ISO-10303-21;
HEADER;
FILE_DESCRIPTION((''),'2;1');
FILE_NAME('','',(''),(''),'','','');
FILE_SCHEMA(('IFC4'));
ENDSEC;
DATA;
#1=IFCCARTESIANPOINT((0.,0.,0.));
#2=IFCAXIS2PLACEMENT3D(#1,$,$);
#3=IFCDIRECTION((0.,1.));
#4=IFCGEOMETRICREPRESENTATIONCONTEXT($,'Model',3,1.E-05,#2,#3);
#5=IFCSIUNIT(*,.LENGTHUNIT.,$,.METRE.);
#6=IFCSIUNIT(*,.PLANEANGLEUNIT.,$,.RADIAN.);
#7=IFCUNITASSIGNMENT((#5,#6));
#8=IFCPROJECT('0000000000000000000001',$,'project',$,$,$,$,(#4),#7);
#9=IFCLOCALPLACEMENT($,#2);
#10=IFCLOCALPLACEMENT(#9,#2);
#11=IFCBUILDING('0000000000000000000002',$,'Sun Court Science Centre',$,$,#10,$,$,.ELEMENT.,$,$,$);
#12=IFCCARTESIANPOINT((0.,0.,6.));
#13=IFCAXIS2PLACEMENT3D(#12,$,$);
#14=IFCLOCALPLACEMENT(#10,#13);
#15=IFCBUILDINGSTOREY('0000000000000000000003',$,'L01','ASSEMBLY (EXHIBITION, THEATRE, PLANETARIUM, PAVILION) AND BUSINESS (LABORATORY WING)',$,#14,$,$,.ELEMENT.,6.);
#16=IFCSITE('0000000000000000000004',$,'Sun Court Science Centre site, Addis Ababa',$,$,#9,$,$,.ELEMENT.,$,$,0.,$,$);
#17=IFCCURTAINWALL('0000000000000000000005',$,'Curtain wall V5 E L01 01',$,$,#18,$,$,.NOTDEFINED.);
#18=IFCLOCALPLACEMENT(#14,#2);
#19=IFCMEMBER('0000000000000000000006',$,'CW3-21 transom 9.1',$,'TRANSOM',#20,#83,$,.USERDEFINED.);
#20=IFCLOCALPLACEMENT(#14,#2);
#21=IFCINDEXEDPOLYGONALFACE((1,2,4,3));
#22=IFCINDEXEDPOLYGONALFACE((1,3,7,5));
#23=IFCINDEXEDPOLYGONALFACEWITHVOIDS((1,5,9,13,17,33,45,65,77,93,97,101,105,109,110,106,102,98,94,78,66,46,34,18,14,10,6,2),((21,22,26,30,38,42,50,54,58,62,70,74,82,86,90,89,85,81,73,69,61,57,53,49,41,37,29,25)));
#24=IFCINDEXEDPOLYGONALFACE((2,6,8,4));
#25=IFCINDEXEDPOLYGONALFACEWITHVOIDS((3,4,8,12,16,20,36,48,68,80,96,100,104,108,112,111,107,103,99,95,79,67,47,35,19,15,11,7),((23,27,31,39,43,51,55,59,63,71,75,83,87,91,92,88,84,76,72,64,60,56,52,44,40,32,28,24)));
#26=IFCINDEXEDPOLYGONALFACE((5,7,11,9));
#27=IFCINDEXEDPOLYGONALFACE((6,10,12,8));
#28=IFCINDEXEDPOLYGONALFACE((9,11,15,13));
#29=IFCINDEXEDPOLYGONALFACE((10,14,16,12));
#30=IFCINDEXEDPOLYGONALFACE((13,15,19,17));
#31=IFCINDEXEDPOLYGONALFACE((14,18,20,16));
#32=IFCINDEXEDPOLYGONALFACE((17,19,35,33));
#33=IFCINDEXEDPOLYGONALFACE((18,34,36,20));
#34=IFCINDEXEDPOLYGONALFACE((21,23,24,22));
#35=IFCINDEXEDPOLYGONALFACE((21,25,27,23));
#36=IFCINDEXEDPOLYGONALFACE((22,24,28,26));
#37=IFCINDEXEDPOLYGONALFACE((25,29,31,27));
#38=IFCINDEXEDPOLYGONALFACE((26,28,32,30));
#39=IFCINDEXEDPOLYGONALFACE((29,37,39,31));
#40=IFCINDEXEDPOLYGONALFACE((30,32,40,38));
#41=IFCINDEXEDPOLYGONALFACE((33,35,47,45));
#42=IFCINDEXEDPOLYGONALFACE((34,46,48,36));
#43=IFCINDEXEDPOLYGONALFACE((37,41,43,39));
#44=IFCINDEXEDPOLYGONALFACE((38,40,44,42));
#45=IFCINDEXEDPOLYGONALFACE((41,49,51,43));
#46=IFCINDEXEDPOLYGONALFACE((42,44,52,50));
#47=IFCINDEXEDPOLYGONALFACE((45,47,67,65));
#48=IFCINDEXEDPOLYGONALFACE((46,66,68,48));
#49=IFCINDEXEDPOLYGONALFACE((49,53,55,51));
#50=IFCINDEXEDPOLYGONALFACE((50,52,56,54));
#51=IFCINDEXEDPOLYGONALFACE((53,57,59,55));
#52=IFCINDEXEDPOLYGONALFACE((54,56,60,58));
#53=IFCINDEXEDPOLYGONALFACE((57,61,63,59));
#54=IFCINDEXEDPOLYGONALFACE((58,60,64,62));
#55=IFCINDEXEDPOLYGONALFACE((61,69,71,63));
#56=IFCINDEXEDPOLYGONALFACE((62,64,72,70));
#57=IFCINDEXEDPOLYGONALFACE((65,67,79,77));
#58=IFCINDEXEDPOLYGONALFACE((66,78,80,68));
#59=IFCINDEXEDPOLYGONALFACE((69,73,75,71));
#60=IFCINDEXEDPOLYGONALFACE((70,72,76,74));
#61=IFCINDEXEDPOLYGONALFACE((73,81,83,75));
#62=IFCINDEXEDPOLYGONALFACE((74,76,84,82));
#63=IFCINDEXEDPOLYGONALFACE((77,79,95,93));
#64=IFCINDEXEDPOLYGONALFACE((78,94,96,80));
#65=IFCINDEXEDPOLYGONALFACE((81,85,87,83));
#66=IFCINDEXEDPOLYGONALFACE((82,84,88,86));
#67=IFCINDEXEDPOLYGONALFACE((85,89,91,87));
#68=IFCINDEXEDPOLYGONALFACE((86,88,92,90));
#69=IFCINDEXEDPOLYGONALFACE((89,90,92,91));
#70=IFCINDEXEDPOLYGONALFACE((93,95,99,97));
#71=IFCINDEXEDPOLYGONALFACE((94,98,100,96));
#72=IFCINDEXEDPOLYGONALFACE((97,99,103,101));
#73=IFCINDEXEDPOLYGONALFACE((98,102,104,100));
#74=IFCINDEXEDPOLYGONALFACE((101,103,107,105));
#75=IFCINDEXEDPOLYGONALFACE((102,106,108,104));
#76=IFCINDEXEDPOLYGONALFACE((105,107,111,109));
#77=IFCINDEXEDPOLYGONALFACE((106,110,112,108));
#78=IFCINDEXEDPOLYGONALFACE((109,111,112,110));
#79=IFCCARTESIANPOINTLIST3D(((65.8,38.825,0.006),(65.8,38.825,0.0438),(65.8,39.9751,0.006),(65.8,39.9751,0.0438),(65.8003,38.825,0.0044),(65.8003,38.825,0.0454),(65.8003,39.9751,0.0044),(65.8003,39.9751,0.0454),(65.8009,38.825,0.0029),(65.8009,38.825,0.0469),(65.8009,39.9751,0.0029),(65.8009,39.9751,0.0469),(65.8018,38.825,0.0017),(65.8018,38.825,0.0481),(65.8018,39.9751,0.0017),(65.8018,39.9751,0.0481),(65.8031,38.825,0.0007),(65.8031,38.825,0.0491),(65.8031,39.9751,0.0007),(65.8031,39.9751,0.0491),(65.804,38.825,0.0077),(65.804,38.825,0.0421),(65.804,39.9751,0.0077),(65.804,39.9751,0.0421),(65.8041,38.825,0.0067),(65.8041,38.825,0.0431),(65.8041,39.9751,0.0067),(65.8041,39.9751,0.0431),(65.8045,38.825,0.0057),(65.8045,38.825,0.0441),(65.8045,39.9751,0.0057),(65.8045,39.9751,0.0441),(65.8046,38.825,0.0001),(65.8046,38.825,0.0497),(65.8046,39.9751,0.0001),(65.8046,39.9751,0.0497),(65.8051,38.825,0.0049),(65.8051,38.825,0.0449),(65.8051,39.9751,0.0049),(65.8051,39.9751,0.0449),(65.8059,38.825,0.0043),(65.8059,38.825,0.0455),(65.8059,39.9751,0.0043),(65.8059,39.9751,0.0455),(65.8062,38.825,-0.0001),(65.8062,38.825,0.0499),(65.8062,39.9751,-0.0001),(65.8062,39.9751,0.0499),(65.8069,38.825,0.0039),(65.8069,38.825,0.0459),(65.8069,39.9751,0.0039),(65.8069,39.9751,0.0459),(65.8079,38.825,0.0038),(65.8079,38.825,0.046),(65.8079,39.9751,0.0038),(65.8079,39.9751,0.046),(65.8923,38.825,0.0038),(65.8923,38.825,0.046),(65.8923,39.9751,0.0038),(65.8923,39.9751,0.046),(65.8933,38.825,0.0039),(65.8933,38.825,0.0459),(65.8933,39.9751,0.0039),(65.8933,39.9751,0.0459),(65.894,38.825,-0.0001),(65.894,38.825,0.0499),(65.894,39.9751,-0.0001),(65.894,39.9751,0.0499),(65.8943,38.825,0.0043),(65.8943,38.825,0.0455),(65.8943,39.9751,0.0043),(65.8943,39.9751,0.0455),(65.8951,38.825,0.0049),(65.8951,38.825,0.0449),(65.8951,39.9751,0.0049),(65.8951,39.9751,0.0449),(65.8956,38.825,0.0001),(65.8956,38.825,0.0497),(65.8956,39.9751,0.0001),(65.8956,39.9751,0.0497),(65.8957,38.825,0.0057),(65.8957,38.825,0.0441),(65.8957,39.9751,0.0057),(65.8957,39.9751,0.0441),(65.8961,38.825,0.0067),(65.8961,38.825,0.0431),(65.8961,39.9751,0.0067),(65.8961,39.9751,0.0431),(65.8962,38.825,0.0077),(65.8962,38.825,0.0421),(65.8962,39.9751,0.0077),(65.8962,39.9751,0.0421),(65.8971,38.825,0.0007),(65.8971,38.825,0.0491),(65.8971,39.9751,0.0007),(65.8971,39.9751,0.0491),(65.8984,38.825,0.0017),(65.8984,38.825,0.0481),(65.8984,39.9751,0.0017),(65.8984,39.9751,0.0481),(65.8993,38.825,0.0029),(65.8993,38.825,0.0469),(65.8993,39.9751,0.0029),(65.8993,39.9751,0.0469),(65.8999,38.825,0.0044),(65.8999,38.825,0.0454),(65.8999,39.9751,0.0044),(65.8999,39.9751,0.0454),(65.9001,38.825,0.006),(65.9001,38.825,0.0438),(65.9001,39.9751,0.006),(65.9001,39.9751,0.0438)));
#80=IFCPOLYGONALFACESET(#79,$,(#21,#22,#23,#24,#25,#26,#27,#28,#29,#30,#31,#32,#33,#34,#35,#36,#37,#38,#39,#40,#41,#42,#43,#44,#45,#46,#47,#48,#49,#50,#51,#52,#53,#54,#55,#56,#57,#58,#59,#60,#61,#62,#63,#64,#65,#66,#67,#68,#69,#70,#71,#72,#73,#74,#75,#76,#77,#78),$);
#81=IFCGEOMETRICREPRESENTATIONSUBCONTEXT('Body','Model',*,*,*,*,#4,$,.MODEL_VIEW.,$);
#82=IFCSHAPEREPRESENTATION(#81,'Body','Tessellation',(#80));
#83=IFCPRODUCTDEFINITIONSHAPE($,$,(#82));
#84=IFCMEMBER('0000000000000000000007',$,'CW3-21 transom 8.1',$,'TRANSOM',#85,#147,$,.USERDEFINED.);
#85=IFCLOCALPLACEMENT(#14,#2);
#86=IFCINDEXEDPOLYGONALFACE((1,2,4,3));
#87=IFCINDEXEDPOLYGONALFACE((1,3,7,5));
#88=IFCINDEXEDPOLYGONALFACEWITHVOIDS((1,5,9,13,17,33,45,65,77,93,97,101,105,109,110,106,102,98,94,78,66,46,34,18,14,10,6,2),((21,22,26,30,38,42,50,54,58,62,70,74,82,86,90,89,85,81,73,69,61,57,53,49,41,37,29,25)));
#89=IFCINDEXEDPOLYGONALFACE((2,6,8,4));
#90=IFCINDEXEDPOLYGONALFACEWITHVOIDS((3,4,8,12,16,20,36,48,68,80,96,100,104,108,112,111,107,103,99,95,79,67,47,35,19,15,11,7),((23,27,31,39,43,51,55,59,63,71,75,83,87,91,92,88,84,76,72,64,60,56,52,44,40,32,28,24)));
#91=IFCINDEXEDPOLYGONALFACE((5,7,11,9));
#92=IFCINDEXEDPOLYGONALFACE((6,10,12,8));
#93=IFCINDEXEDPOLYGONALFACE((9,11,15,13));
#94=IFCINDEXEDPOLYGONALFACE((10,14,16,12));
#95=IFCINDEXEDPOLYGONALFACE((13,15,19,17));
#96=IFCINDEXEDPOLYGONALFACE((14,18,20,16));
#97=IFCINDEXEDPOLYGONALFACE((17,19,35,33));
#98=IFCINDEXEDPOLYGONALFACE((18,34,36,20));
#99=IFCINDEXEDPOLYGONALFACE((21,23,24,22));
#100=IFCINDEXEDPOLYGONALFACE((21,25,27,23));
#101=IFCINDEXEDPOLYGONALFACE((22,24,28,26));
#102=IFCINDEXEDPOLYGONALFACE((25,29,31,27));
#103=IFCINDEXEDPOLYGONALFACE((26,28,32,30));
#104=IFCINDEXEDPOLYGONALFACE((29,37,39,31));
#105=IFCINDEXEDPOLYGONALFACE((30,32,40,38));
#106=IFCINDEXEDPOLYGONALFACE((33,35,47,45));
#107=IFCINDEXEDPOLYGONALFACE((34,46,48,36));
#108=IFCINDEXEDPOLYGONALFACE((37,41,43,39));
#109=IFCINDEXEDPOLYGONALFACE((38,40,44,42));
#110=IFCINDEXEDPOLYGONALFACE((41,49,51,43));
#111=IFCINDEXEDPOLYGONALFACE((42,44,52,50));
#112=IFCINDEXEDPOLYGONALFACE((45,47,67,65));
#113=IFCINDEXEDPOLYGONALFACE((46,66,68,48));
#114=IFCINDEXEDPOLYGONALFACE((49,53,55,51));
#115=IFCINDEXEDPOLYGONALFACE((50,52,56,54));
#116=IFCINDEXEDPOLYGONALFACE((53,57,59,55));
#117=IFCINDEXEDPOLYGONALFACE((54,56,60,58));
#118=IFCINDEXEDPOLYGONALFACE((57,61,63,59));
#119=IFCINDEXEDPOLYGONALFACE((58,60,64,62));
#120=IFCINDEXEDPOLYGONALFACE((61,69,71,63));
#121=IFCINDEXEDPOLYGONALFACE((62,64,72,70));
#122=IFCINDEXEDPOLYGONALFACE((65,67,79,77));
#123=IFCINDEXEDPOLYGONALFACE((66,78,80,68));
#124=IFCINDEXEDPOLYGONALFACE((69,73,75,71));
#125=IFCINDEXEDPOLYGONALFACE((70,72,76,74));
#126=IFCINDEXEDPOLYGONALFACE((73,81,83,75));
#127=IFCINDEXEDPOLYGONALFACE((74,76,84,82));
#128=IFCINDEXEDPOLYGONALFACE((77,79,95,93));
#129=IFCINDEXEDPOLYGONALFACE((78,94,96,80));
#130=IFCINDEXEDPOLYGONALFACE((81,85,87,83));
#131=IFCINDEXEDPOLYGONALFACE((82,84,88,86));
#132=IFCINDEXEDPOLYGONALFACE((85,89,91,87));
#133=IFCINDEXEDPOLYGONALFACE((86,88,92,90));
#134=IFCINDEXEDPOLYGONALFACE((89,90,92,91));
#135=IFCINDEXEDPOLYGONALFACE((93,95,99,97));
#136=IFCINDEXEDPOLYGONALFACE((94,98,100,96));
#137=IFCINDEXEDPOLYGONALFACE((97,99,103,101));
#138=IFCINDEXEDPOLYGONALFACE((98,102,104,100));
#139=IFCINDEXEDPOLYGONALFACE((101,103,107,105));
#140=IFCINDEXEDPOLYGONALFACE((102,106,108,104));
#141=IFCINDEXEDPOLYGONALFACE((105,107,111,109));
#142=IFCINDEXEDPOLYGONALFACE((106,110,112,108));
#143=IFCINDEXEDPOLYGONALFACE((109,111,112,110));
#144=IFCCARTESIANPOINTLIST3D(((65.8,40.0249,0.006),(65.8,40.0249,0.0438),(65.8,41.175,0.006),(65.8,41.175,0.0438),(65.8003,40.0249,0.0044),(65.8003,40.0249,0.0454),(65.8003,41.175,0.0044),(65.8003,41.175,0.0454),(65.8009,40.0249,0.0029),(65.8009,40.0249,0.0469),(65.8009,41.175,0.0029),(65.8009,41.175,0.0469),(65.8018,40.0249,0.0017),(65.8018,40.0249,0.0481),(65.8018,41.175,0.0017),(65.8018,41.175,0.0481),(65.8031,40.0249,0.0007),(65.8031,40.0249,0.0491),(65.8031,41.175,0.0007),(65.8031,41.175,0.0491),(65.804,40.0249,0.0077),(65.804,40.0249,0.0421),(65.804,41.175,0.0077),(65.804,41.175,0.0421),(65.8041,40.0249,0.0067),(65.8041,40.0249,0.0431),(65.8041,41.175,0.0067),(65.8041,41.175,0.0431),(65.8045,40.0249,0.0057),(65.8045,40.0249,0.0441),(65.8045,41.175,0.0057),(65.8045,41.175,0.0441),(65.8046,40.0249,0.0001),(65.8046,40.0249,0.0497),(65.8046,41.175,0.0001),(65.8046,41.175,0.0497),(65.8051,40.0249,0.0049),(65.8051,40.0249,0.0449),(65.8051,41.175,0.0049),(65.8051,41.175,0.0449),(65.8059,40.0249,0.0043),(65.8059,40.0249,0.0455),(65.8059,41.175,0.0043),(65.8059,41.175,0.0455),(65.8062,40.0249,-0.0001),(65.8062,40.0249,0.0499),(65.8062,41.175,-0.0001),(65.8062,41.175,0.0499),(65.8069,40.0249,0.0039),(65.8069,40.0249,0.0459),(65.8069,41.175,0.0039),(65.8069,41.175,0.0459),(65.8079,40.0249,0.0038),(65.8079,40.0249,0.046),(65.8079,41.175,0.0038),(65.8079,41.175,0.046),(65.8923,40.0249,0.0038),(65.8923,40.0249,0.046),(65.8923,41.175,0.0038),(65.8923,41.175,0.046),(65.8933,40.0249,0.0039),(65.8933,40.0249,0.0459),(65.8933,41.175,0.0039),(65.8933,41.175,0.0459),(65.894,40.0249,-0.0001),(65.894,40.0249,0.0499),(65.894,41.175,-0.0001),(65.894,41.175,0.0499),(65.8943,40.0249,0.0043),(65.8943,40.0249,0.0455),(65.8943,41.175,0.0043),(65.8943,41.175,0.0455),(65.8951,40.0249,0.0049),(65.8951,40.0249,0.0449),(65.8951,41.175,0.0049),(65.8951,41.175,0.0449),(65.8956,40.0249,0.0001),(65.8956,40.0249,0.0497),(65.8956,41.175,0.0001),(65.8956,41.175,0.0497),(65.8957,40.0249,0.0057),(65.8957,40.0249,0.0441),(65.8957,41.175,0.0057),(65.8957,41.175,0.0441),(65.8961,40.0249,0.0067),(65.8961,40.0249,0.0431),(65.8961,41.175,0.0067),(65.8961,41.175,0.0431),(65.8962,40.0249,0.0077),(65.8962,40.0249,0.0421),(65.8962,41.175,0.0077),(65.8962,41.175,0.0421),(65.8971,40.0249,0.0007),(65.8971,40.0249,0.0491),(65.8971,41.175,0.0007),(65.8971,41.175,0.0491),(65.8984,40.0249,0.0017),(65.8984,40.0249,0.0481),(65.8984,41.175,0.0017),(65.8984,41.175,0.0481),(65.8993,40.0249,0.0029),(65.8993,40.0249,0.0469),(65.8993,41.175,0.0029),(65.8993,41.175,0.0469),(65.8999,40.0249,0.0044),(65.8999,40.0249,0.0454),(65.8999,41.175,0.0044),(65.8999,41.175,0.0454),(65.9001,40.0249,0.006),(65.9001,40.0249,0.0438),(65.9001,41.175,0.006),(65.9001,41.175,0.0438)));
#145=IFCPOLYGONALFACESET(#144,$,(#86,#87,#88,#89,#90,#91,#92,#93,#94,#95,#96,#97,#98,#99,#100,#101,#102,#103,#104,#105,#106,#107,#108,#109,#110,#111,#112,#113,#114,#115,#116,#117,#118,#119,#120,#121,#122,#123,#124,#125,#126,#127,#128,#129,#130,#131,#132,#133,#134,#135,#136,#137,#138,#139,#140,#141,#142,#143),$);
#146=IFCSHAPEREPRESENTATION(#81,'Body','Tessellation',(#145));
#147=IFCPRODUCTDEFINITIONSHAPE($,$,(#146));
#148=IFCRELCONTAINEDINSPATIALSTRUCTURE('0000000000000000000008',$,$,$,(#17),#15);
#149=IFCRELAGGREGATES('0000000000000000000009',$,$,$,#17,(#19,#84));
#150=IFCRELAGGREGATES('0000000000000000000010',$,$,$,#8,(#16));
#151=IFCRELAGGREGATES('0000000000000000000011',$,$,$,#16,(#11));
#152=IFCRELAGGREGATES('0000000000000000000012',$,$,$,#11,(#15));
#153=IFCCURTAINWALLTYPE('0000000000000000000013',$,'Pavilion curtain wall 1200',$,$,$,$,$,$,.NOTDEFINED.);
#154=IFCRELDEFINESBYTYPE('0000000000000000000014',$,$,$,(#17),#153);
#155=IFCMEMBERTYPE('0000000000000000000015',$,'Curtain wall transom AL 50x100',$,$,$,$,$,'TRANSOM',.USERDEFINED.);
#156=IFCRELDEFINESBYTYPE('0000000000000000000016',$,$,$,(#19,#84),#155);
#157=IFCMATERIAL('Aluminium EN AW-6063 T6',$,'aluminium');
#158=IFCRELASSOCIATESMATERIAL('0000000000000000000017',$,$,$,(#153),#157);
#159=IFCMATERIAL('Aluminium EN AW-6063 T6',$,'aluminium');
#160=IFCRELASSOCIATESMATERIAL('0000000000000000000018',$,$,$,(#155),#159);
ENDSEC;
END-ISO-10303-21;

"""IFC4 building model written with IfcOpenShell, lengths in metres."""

from ifc_helpers import new_model, si_unit, direction, frame, origin, origin_2d, place, context, subcontext, project, spatial, hollow_rectangle, extrude, material, material_profile, profile_set, type_object, element, aggregate, save


model = new_model("IFC4")

# Units and contexts
model_context = context("Model", 3, precision=1e-05, world=origin(), true_north=direction((0.0, 1.0)))
body_context = subcontext(model_context, "Body", "Model", "MODEL_VIEW")
ifc_project = project(units=[si_unit("LENGTHUNIT", "METRE"), si_unit("PLANEANGLEUNIT", "RADIAN")], contexts=[model_context])

# Site, building, storey
site_placement = place(None, origin())
site = spatial("IfcSite", under=ifc_project, at=site_placement, Name="Sun Court Science Centre site, Addis Ababa", CompositionType="ELEMENT", RefElevation=0.0)
building_placement = place(site_placement, origin())
building = spatial("IfcBuilding", under=site, at=building_placement, Name="Sun Court Science Centre", CompositionType="ELEMENT")
storey_placement = place(building_placement, frame((0.0, 0.0, 6.0)))
storey = spatial("IfcBuildingStorey", under=building, at=storey_placement, Name="L01", Description="ASSEMBLY (EXHIBITION, THEATRE, PLANETARIUM, PAVILION) AND BUSINESS (LABORATORY WING)", CompositionType="ELEMENT", Elevation=6.0)

# Curtain wall, members
ifc_material_1 = material(Name="Aluminium EN AW-6063 T6", Category="aluminium")
curtain_wall_type_1 = type_object("IfcCurtainWallType", Name="Pavilion curtain wall 1200", PredefinedType="NOTDEFINED", material=ifc_material_1)
curtain_wall_1_placement = place(storey_placement, origin())
curtain_wall_1 = element("IfcCurtainWall", 1, at=curtain_wall_1_placement, inside=storey, type_object=curtain_wall_type_1, Name="Curtain wall V5 E L01 01", PredefinedType="NOTDEFINED")
ifc_material_2 = material(Name="Aluminium EN AW-6063 T6", Category="aluminium")
ifc_material_profile_1 = material_profile(ifc_material_2, hollow_rectangle(XDim=0.05, YDim=0.1001, WallThickness=0.0039, InnerFilletRadius=0.0039, OuterFilletRadius=0.0061, at=origin_2d()), Name="AL 50x100x4")
ifc_profile_set_1 = profile_set([ifc_material_profile_1], Name="Aluminium EN AW-6063 T6")
member_type_1 = type_object("IfcMemberType", Name="Curtain wall transom AL 50x100", ElementType="TRANSOM", PredefinedType="USERDEFINED", material=ifc_profile_set_1)
member_1_placement = place(storey_placement, frame((65.8501, 39.9751, 0.0249), z_axis=(0.0, -1.0, 0.0), x_axis=(0.0, 0.0, 1.0)))
member_1 = element("IfcMember", 2, at=member_1_placement, type_object=member_type_1, Name="CW3-21 transom 9.1", ObjectType="TRANSOM", PredefinedType="USERDEFINED", context=body_context, shape_type="SweptSolid", body=[
    extrude(hollow_rectangle(XDim=0.05, YDim=0.1001, WallThickness=0.0039, InnerFilletRadius=0.0039, OuterFilletRadius=0.0061, at=origin_2d()), origin(), (0.0, 0.0, 1.0), 1.1501),
])
member_2_placement = place(storey_placement, frame((65.8501, 41.175, 0.0249), z_axis=(0.0, -1.0, 0.0), x_axis=(0.0, 0.0, 1.0)))
member_2 = element("IfcMember", 3, at=member_2_placement, type_object=member_type_1, Name="CW3-21 transom 8.1", ObjectType="TRANSOM", PredefinedType="USERDEFINED", context=body_context, shape_type="SweptSolid", body=[
    extrude(hollow_rectangle(XDim=0.05, YDim=0.1001, WallThickness=0.0039, InnerFilletRadius=0.0039, OuterFilletRadius=0.0061, at=origin_2d()), origin(), (0.0, 0.0, 1.0), 1.1501),
])

aggregate(curtain_wall_1, [member_1, member_2])

save(model, "model.ifc")
